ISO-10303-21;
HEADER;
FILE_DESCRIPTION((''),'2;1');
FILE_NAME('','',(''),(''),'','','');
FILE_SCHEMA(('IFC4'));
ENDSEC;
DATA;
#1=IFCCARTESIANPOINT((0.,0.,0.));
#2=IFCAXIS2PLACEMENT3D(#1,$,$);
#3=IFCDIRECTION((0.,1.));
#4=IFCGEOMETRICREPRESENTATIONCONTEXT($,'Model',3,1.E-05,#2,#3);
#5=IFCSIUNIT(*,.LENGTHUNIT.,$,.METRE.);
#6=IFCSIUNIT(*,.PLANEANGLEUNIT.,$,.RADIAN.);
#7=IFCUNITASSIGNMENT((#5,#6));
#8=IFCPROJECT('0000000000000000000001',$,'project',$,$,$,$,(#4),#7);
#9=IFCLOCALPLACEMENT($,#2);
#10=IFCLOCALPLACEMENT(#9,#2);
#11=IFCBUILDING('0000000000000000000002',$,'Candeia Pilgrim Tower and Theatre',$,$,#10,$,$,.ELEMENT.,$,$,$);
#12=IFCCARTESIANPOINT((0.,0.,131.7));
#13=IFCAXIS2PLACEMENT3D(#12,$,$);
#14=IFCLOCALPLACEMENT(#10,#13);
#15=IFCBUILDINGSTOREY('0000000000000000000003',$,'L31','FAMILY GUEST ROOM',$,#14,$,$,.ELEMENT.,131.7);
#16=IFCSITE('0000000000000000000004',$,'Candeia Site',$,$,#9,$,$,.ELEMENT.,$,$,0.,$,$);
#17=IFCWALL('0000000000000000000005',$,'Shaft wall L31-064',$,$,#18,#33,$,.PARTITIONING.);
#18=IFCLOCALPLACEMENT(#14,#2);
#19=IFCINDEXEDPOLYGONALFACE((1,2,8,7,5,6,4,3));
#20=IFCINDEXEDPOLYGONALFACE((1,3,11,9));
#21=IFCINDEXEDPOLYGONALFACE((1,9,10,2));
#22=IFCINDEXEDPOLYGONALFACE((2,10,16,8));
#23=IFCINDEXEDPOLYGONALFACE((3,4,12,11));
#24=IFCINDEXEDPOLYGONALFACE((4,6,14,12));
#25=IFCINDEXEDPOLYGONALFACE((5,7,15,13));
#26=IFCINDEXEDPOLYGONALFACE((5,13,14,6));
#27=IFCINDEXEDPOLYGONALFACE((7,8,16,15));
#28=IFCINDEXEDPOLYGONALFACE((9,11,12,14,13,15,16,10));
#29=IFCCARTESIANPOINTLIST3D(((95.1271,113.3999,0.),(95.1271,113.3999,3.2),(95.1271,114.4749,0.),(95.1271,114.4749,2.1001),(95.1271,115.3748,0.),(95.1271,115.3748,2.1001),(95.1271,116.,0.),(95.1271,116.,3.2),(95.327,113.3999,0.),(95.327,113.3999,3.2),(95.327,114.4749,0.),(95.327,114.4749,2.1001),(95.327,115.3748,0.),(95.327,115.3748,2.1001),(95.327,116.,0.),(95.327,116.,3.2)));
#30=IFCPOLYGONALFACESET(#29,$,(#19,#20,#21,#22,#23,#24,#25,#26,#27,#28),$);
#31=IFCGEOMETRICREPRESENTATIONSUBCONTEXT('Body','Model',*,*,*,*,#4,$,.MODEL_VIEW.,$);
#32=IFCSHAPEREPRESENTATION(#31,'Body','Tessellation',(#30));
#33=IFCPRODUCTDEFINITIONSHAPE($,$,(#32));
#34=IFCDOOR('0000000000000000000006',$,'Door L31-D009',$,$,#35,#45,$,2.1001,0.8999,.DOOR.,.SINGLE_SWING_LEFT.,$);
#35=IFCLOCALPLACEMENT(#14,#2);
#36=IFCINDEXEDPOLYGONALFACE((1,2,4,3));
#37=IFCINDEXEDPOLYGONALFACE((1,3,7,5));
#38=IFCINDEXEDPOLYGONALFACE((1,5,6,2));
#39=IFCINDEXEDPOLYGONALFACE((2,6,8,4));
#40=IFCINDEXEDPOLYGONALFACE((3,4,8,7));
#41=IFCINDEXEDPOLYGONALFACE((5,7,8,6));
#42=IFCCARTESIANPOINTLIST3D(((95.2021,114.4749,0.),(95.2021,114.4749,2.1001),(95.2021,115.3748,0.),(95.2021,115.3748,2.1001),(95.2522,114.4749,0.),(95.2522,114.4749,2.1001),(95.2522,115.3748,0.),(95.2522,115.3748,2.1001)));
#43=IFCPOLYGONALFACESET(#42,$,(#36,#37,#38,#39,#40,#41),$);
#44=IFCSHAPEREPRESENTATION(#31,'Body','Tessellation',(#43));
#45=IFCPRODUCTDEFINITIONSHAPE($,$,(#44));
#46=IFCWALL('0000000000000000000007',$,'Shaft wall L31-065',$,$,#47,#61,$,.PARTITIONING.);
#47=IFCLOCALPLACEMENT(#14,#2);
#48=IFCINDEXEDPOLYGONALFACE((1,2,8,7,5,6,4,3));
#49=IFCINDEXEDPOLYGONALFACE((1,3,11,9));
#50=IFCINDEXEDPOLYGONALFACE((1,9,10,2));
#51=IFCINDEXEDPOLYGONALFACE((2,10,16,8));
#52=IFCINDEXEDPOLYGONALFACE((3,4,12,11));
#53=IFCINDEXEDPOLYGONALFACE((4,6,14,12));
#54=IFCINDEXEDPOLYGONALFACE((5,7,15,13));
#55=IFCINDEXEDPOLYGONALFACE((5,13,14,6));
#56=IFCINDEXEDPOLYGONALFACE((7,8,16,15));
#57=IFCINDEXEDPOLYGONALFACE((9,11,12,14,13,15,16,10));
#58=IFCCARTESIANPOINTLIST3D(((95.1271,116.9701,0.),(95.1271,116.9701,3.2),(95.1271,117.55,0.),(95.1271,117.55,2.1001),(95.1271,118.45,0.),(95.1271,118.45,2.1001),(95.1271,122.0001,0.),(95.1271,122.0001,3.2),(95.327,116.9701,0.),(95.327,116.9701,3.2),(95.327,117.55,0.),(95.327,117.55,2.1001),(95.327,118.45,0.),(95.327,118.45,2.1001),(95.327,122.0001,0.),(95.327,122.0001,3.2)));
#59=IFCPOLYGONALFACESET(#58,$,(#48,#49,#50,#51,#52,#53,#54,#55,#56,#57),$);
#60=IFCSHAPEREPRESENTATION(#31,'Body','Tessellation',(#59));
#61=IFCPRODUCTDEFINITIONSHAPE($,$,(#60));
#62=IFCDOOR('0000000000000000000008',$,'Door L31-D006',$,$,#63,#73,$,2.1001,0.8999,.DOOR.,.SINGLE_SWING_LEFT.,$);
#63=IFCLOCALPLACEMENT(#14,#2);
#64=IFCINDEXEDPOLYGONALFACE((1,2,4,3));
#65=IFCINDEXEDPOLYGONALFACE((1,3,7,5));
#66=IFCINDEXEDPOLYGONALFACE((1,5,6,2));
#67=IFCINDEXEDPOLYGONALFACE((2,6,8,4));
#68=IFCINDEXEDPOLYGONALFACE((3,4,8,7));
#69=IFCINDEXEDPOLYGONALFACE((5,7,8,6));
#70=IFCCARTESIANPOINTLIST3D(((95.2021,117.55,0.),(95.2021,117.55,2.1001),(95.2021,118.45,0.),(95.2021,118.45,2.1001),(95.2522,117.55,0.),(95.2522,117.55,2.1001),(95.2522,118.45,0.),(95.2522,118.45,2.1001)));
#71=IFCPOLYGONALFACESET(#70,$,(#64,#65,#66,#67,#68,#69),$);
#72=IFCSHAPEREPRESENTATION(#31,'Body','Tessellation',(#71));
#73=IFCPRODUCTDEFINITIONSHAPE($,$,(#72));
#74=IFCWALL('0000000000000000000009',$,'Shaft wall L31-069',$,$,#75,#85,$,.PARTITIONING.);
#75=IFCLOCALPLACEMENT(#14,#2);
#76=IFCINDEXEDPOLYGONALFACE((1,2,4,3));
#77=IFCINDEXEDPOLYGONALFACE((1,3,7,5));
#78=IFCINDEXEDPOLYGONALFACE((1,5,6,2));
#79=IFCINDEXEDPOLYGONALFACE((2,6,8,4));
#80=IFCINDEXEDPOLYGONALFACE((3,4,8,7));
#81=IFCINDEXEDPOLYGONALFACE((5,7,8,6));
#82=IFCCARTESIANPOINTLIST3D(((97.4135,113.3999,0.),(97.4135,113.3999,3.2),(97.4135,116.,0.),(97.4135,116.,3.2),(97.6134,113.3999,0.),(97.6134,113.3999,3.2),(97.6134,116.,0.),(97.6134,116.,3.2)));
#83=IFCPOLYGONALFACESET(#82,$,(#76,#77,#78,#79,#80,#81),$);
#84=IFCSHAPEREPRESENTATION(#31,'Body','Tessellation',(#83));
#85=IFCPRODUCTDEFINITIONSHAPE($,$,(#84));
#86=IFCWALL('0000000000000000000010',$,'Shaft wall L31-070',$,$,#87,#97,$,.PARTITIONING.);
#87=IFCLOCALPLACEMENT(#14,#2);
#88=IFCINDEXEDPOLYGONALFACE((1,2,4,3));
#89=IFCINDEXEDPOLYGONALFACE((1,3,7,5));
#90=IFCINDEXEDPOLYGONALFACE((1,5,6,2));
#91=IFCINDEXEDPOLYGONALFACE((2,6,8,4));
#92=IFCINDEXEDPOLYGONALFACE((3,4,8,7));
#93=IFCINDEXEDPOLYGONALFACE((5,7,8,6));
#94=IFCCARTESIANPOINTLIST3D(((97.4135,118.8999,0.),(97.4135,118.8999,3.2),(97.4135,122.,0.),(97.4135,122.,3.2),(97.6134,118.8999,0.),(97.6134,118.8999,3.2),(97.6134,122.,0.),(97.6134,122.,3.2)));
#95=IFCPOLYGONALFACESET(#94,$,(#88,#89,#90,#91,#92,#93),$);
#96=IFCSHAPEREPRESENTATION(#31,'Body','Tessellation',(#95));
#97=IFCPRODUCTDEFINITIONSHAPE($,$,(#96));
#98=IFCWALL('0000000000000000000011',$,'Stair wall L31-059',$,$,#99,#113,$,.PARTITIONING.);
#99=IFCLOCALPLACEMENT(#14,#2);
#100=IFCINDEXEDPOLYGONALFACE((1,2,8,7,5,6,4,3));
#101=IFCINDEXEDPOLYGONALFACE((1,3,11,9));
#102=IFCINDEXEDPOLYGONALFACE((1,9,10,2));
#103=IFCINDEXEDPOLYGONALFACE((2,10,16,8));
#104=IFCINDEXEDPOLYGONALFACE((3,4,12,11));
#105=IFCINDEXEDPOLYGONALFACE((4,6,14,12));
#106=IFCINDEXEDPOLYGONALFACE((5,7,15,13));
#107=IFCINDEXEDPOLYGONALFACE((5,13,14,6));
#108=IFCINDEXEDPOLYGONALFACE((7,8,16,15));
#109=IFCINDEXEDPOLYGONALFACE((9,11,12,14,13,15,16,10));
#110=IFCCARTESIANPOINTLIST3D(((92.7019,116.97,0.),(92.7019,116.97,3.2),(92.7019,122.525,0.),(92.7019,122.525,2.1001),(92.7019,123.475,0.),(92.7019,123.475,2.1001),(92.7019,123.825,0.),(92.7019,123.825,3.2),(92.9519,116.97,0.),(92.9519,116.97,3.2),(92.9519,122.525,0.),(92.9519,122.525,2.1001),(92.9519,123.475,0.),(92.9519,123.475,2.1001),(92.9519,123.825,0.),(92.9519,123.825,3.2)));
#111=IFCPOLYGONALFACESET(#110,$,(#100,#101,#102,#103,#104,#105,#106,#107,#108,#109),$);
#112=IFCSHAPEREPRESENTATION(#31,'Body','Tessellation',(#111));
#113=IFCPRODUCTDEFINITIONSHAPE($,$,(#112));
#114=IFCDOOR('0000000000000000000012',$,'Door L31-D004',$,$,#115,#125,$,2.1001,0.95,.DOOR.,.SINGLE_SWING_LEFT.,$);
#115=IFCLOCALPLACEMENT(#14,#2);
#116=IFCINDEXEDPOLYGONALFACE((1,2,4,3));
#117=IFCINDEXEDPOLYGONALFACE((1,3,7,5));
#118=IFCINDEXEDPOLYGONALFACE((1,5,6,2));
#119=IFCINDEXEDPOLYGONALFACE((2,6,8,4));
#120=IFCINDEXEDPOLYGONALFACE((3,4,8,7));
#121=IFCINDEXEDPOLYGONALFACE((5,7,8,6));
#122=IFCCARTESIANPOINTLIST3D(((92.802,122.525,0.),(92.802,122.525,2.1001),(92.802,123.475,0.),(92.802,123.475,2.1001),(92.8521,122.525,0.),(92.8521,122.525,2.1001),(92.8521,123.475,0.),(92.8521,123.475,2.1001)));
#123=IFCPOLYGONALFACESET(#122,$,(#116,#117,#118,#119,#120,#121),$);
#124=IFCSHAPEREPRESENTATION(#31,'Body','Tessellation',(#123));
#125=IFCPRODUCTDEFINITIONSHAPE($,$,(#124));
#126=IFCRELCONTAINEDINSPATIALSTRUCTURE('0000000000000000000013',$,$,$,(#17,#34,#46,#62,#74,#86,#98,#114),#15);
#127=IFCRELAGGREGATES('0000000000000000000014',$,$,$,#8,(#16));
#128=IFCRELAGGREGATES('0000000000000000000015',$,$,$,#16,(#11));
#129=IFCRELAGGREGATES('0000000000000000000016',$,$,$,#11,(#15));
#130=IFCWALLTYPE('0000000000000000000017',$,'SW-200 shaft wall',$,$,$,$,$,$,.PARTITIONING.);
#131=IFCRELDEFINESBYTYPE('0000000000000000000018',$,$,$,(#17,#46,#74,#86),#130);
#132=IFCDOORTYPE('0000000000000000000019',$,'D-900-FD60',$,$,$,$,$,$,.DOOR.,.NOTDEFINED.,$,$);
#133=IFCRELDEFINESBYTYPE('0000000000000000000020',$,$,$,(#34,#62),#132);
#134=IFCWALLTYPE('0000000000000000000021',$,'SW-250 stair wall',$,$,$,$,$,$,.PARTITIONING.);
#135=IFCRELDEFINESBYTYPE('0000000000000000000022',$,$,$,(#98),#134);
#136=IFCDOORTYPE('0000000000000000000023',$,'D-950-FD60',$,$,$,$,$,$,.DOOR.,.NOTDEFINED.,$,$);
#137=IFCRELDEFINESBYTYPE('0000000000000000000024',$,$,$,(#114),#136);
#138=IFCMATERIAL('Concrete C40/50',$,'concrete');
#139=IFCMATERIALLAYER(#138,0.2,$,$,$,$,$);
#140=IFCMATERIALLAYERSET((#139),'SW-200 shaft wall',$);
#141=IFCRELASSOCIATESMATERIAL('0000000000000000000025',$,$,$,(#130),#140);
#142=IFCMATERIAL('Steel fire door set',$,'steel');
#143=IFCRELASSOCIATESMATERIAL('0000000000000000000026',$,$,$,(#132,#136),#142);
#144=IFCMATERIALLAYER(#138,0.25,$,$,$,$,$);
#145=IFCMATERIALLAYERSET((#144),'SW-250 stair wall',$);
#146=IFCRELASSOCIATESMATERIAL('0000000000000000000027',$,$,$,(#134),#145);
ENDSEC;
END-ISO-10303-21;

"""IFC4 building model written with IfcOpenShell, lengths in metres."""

from ifc_helpers import new_model, si_unit, direction, frame, frame_2d, origin, place, context, subcontext, project, spatial, rectangle, extrude, material, layer, layer_set, type_object, element, fill, save


model = new_model("IFC4")

# Units and contexts
model_context = context("Model", 3, precision=1e-05, world=origin(), true_north=direction((0.0, 1.0)))
body_context = subcontext(model_context, "Body", "Model", "MODEL_VIEW")
ifc_project = project(units=[si_unit("LENGTHUNIT", "METRE"), si_unit("PLANEANGLEUNIT", "RADIAN")], contexts=[model_context])

# Site, building, storey
site_placement = place(None, origin())
site = spatial("IfcSite", under=ifc_project, at=site_placement, Name="Candeia Site", CompositionType="ELEMENT", RefElevation=0.0)
building_placement = place(site_placement, origin())
building = spatial("IfcBuilding", under=site, at=building_placement, Name="Candeia Pilgrim Tower and Theatre", CompositionType="ELEMENT")
storey_placement = place(building_placement, frame((0.0, 0.0, 131.7)))
storey = spatial("IfcBuildingStorey", under=building, at=storey_placement, Name="L31", Description="FAMILY GUEST ROOM", CompositionType="ELEMENT", Elevation=131.7)

# Shared definitions
ifc_material_1 = material(Name="Steel fire door set", Category="steel")

# Shared definitions
ifc_material_2 = material(Name="Concrete C40/50", Category="concrete")
ifc_layer_1 = layer(ifc_material_2, 0.2)
ifc_layer_set_1 = layer_set([ifc_layer_1], Name="SW-200 shaft wall")
wall_type_1 = type_object("IfcWallType", Name="SW-200 shaft wall", PredefinedType="PARTITIONING", material=ifc_layer_set_1)

# Walls, openings, doors
wall_1_placement = place(storey_placement, frame((95.2271, 113.3999, 0.0), z_axis=(0.0, 0.0, 1.0), x_axis=(0.0, 1.0, 0.0)))
wall_1 = element("IfcWall", 1, at=wall_1_placement, inside=storey, type_object=wall_type_1, Name="Shaft wall L31-064", PredefinedType="PARTITIONING", context=body_context, shape_type="SweptSolid", body=[
    extrude(rectangle(XDim=2.6001, YDim=0.2, at=frame_2d((1.3, 0.0))), origin(), (0.0, 0.0, 1.0), 3.2),
])
opening_1_placement = place(wall_1_placement, frame((1.075, 0.0, 0.0)))
opening_1 = element("IfcOpeningElement", 2, at=opening_1_placement, cuts=wall_1, PredefinedType="OPENING", context=body_context, shape_type="SweptSolid", body=[
    extrude(rectangle(XDim=0.8999, YDim=2.1001, at=frame_2d((0.45, 1.05))), frame((0.0, 0.1099, 0.0), z_axis=(0.0, -1.0, 0.0), x_axis=(1.0, 0.0, 0.0)), (0.0, 0.0, 1.0), 0.22),
])
door_type_1 = type_object("IfcDoorType", Name="D-900-FD60", OperationType="NOTDEFINED", PredefinedType="DOOR", material=ifc_material_1)
door_1_placement = place(opening_1_placement, origin())
door_1 = element("IfcDoor", 3, at=door_1_placement, inside=storey, type_object=door_type_1, Name="Door L31-D009", OperationType="SINGLE_SWING_LEFT", OverallHeight=2.1001, OverallWidth=0.8999, PredefinedType="DOOR", context=body_context, shape_type="SweptSolid", body=[
    extrude(rectangle(XDim=0.8999, YDim=2.1001, at=frame_2d((0.45, 1.05))), frame((0.0, 0.0249, 0.0), z_axis=(0.0, -1.0, 0.0), x_axis=(1.0, 0.0, 0.0)), (0.0, 0.0, 1.0), 0.05),
])
fill(opening_1, door_1)
wall_2_placement = place(storey_placement, frame((95.2271, 116.97, 0.0), z_axis=(0.0, 0.0, 1.0), x_axis=(0.0, 1.0, 0.0)))
wall_2 = element("IfcWall", 4, at=wall_2_placement, inside=storey, type_object=wall_type_1, Name="Shaft wall L31-065", PredefinedType="PARTITIONING", context=body_context, shape_type="SweptSolid", body=[
    extrude(rectangle(XDim=5.03, YDim=0.2, at=frame_2d((2.5151, 0.0))), origin(), (0.0, 0.0, 1.0), 3.2),
])
opening_2_placement = place(wall_2_placement, frame((0.5801, 0.0, 0.0)))
opening_2 = element("IfcOpeningElement", 5, at=opening_2_placement, cuts=wall_2, PredefinedType="OPENING", context=body_context, shape_type="SweptSolid", body=[
    extrude(rectangle(XDim=0.8999, YDim=2.1001, at=frame_2d((0.45, 1.05))), frame((0.0, 0.1099, 0.0), z_axis=(0.0, -1.0, 0.0), x_axis=(1.0, 0.0, 0.0)), (0.0, 0.0, 1.0), 0.22),
])
door_2_placement = place(opening_2_placement, origin())
door_2 = element("IfcDoor", 6, at=door_2_placement, inside=storey, type_object=door_type_1, Name="Door L31-D006", OperationType="SINGLE_SWING_LEFT", OverallHeight=2.1001, OverallWidth=0.8999, PredefinedType="DOOR", context=body_context, shape_type="SweptSolid", body=[
    extrude(rectangle(XDim=0.8999, YDim=2.1001, at=frame_2d((0.45, 1.05))), frame((0.0, 0.0249, 0.0), z_axis=(0.0, -1.0, 0.0), x_axis=(1.0, 0.0, 0.0)), (0.0, 0.0, 1.0), 0.05),
])
fill(opening_2, door_2)

# Walls
wall_3_placement = place(storey_placement, frame((97.5134, 113.3999, 0.0), z_axis=(0.0, 0.0, 1.0), x_axis=(0.0, 1.0, 0.0)))
element("IfcWall", 7, at=wall_3_placement, inside=storey, type_object=wall_type_1, Name="Shaft wall L31-069", PredefinedType="PARTITIONING", context=body_context, shape_type="SweptSolid", body=[
    extrude(rectangle(XDim=2.6001, YDim=0.2, at=frame_2d((1.3, 0.0))), origin(), (0.0, 0.0, 1.0), 3.2),
])
wall_4_placement = place(storey_placement, frame((97.5134, 118.8999, 0.0), z_axis=(0.0, 0.0, 1.0), x_axis=(0.0, 1.0, 0.0)))
element("IfcWall", 8, at=wall_4_placement, inside=storey, type_object=wall_type_1, Name="Shaft wall L31-070", PredefinedType="PARTITIONING", context=body_context, shape_type="SweptSolid", body=[
    extrude(rectangle(XDim=3.1001, YDim=0.2, at=frame_2d((1.55, 0.0))), origin(), (0.0, 0.0, 1.0), 3.2),
])

# Wall, opening, door
ifc_layer_2 = layer(ifc_material_2, 0.25)
ifc_layer_set_2 = layer_set([ifc_layer_2], Name="SW-250 stair wall")
wall_type_2 = type_object("IfcWallType", Name="SW-250 stair wall", PredefinedType="PARTITIONING", material=ifc_layer_set_2)
wall_5_placement = place(storey_placement, frame((92.8269, 116.97, 0.0), z_axis=(0.0, 0.0, 1.0), x_axis=(0.0, 1.0, 0.0)))
wall_5 = element("IfcWall", 9, at=wall_5_placement, inside=storey, type_object=wall_type_2, Name="Stair wall L31-059", PredefinedType="PARTITIONING", context=body_context, shape_type="SweptSolid", body=[
    extrude(rectangle(XDim=6.855, YDim=0.25, at=frame_2d((3.4275, 0.0))), origin(), (0.0, 0.0, 1.0), 3.2),
])
opening_3_placement = place(wall_5_placement, frame((5.5549, 0.0, 0.0)))
opening_3 = element("IfcOpeningElement", 10, at=opening_3_placement, cuts=wall_5, PredefinedType="OPENING", context=body_context, shape_type="SweptSolid", body=[
    extrude(rectangle(XDim=0.95, YDim=2.1001, at=frame_2d((0.4751, 1.05))), frame((0.0, 0.135, 0.0), z_axis=(0.0, -1.0, 0.0), x_axis=(1.0, 0.0, 0.0)), (0.0, 0.0, 1.0), 0.27),
])
door_type_2 = type_object("IfcDoorType", Name="D-950-FD60", OperationType="NOTDEFINED", PredefinedType="DOOR", material=ifc_material_1)
door_3_placement = place(opening_3_placement, origin())
door_3 = element("IfcDoor", 11, at=door_3_placement, inside=storey, type_object=door_type_2, Name="Door L31-D004", OperationType="SINGLE_SWING_LEFT", OverallHeight=2.1001, OverallWidth=0.95, PredefinedType="DOOR", context=body_context, shape_type="SweptSolid", body=[
    extrude(rectangle(XDim=0.95, YDim=2.1001, at=frame_2d((0.4751, 1.05))), frame((0.0, 0.0249, 0.0), z_axis=(0.0, -1.0, 0.0), x_axis=(1.0, 0.0, 0.0)), (0.0, 0.0, 1.0), 0.05),
])
fill(opening_3, door_3)

save(model, "model.ifc")
